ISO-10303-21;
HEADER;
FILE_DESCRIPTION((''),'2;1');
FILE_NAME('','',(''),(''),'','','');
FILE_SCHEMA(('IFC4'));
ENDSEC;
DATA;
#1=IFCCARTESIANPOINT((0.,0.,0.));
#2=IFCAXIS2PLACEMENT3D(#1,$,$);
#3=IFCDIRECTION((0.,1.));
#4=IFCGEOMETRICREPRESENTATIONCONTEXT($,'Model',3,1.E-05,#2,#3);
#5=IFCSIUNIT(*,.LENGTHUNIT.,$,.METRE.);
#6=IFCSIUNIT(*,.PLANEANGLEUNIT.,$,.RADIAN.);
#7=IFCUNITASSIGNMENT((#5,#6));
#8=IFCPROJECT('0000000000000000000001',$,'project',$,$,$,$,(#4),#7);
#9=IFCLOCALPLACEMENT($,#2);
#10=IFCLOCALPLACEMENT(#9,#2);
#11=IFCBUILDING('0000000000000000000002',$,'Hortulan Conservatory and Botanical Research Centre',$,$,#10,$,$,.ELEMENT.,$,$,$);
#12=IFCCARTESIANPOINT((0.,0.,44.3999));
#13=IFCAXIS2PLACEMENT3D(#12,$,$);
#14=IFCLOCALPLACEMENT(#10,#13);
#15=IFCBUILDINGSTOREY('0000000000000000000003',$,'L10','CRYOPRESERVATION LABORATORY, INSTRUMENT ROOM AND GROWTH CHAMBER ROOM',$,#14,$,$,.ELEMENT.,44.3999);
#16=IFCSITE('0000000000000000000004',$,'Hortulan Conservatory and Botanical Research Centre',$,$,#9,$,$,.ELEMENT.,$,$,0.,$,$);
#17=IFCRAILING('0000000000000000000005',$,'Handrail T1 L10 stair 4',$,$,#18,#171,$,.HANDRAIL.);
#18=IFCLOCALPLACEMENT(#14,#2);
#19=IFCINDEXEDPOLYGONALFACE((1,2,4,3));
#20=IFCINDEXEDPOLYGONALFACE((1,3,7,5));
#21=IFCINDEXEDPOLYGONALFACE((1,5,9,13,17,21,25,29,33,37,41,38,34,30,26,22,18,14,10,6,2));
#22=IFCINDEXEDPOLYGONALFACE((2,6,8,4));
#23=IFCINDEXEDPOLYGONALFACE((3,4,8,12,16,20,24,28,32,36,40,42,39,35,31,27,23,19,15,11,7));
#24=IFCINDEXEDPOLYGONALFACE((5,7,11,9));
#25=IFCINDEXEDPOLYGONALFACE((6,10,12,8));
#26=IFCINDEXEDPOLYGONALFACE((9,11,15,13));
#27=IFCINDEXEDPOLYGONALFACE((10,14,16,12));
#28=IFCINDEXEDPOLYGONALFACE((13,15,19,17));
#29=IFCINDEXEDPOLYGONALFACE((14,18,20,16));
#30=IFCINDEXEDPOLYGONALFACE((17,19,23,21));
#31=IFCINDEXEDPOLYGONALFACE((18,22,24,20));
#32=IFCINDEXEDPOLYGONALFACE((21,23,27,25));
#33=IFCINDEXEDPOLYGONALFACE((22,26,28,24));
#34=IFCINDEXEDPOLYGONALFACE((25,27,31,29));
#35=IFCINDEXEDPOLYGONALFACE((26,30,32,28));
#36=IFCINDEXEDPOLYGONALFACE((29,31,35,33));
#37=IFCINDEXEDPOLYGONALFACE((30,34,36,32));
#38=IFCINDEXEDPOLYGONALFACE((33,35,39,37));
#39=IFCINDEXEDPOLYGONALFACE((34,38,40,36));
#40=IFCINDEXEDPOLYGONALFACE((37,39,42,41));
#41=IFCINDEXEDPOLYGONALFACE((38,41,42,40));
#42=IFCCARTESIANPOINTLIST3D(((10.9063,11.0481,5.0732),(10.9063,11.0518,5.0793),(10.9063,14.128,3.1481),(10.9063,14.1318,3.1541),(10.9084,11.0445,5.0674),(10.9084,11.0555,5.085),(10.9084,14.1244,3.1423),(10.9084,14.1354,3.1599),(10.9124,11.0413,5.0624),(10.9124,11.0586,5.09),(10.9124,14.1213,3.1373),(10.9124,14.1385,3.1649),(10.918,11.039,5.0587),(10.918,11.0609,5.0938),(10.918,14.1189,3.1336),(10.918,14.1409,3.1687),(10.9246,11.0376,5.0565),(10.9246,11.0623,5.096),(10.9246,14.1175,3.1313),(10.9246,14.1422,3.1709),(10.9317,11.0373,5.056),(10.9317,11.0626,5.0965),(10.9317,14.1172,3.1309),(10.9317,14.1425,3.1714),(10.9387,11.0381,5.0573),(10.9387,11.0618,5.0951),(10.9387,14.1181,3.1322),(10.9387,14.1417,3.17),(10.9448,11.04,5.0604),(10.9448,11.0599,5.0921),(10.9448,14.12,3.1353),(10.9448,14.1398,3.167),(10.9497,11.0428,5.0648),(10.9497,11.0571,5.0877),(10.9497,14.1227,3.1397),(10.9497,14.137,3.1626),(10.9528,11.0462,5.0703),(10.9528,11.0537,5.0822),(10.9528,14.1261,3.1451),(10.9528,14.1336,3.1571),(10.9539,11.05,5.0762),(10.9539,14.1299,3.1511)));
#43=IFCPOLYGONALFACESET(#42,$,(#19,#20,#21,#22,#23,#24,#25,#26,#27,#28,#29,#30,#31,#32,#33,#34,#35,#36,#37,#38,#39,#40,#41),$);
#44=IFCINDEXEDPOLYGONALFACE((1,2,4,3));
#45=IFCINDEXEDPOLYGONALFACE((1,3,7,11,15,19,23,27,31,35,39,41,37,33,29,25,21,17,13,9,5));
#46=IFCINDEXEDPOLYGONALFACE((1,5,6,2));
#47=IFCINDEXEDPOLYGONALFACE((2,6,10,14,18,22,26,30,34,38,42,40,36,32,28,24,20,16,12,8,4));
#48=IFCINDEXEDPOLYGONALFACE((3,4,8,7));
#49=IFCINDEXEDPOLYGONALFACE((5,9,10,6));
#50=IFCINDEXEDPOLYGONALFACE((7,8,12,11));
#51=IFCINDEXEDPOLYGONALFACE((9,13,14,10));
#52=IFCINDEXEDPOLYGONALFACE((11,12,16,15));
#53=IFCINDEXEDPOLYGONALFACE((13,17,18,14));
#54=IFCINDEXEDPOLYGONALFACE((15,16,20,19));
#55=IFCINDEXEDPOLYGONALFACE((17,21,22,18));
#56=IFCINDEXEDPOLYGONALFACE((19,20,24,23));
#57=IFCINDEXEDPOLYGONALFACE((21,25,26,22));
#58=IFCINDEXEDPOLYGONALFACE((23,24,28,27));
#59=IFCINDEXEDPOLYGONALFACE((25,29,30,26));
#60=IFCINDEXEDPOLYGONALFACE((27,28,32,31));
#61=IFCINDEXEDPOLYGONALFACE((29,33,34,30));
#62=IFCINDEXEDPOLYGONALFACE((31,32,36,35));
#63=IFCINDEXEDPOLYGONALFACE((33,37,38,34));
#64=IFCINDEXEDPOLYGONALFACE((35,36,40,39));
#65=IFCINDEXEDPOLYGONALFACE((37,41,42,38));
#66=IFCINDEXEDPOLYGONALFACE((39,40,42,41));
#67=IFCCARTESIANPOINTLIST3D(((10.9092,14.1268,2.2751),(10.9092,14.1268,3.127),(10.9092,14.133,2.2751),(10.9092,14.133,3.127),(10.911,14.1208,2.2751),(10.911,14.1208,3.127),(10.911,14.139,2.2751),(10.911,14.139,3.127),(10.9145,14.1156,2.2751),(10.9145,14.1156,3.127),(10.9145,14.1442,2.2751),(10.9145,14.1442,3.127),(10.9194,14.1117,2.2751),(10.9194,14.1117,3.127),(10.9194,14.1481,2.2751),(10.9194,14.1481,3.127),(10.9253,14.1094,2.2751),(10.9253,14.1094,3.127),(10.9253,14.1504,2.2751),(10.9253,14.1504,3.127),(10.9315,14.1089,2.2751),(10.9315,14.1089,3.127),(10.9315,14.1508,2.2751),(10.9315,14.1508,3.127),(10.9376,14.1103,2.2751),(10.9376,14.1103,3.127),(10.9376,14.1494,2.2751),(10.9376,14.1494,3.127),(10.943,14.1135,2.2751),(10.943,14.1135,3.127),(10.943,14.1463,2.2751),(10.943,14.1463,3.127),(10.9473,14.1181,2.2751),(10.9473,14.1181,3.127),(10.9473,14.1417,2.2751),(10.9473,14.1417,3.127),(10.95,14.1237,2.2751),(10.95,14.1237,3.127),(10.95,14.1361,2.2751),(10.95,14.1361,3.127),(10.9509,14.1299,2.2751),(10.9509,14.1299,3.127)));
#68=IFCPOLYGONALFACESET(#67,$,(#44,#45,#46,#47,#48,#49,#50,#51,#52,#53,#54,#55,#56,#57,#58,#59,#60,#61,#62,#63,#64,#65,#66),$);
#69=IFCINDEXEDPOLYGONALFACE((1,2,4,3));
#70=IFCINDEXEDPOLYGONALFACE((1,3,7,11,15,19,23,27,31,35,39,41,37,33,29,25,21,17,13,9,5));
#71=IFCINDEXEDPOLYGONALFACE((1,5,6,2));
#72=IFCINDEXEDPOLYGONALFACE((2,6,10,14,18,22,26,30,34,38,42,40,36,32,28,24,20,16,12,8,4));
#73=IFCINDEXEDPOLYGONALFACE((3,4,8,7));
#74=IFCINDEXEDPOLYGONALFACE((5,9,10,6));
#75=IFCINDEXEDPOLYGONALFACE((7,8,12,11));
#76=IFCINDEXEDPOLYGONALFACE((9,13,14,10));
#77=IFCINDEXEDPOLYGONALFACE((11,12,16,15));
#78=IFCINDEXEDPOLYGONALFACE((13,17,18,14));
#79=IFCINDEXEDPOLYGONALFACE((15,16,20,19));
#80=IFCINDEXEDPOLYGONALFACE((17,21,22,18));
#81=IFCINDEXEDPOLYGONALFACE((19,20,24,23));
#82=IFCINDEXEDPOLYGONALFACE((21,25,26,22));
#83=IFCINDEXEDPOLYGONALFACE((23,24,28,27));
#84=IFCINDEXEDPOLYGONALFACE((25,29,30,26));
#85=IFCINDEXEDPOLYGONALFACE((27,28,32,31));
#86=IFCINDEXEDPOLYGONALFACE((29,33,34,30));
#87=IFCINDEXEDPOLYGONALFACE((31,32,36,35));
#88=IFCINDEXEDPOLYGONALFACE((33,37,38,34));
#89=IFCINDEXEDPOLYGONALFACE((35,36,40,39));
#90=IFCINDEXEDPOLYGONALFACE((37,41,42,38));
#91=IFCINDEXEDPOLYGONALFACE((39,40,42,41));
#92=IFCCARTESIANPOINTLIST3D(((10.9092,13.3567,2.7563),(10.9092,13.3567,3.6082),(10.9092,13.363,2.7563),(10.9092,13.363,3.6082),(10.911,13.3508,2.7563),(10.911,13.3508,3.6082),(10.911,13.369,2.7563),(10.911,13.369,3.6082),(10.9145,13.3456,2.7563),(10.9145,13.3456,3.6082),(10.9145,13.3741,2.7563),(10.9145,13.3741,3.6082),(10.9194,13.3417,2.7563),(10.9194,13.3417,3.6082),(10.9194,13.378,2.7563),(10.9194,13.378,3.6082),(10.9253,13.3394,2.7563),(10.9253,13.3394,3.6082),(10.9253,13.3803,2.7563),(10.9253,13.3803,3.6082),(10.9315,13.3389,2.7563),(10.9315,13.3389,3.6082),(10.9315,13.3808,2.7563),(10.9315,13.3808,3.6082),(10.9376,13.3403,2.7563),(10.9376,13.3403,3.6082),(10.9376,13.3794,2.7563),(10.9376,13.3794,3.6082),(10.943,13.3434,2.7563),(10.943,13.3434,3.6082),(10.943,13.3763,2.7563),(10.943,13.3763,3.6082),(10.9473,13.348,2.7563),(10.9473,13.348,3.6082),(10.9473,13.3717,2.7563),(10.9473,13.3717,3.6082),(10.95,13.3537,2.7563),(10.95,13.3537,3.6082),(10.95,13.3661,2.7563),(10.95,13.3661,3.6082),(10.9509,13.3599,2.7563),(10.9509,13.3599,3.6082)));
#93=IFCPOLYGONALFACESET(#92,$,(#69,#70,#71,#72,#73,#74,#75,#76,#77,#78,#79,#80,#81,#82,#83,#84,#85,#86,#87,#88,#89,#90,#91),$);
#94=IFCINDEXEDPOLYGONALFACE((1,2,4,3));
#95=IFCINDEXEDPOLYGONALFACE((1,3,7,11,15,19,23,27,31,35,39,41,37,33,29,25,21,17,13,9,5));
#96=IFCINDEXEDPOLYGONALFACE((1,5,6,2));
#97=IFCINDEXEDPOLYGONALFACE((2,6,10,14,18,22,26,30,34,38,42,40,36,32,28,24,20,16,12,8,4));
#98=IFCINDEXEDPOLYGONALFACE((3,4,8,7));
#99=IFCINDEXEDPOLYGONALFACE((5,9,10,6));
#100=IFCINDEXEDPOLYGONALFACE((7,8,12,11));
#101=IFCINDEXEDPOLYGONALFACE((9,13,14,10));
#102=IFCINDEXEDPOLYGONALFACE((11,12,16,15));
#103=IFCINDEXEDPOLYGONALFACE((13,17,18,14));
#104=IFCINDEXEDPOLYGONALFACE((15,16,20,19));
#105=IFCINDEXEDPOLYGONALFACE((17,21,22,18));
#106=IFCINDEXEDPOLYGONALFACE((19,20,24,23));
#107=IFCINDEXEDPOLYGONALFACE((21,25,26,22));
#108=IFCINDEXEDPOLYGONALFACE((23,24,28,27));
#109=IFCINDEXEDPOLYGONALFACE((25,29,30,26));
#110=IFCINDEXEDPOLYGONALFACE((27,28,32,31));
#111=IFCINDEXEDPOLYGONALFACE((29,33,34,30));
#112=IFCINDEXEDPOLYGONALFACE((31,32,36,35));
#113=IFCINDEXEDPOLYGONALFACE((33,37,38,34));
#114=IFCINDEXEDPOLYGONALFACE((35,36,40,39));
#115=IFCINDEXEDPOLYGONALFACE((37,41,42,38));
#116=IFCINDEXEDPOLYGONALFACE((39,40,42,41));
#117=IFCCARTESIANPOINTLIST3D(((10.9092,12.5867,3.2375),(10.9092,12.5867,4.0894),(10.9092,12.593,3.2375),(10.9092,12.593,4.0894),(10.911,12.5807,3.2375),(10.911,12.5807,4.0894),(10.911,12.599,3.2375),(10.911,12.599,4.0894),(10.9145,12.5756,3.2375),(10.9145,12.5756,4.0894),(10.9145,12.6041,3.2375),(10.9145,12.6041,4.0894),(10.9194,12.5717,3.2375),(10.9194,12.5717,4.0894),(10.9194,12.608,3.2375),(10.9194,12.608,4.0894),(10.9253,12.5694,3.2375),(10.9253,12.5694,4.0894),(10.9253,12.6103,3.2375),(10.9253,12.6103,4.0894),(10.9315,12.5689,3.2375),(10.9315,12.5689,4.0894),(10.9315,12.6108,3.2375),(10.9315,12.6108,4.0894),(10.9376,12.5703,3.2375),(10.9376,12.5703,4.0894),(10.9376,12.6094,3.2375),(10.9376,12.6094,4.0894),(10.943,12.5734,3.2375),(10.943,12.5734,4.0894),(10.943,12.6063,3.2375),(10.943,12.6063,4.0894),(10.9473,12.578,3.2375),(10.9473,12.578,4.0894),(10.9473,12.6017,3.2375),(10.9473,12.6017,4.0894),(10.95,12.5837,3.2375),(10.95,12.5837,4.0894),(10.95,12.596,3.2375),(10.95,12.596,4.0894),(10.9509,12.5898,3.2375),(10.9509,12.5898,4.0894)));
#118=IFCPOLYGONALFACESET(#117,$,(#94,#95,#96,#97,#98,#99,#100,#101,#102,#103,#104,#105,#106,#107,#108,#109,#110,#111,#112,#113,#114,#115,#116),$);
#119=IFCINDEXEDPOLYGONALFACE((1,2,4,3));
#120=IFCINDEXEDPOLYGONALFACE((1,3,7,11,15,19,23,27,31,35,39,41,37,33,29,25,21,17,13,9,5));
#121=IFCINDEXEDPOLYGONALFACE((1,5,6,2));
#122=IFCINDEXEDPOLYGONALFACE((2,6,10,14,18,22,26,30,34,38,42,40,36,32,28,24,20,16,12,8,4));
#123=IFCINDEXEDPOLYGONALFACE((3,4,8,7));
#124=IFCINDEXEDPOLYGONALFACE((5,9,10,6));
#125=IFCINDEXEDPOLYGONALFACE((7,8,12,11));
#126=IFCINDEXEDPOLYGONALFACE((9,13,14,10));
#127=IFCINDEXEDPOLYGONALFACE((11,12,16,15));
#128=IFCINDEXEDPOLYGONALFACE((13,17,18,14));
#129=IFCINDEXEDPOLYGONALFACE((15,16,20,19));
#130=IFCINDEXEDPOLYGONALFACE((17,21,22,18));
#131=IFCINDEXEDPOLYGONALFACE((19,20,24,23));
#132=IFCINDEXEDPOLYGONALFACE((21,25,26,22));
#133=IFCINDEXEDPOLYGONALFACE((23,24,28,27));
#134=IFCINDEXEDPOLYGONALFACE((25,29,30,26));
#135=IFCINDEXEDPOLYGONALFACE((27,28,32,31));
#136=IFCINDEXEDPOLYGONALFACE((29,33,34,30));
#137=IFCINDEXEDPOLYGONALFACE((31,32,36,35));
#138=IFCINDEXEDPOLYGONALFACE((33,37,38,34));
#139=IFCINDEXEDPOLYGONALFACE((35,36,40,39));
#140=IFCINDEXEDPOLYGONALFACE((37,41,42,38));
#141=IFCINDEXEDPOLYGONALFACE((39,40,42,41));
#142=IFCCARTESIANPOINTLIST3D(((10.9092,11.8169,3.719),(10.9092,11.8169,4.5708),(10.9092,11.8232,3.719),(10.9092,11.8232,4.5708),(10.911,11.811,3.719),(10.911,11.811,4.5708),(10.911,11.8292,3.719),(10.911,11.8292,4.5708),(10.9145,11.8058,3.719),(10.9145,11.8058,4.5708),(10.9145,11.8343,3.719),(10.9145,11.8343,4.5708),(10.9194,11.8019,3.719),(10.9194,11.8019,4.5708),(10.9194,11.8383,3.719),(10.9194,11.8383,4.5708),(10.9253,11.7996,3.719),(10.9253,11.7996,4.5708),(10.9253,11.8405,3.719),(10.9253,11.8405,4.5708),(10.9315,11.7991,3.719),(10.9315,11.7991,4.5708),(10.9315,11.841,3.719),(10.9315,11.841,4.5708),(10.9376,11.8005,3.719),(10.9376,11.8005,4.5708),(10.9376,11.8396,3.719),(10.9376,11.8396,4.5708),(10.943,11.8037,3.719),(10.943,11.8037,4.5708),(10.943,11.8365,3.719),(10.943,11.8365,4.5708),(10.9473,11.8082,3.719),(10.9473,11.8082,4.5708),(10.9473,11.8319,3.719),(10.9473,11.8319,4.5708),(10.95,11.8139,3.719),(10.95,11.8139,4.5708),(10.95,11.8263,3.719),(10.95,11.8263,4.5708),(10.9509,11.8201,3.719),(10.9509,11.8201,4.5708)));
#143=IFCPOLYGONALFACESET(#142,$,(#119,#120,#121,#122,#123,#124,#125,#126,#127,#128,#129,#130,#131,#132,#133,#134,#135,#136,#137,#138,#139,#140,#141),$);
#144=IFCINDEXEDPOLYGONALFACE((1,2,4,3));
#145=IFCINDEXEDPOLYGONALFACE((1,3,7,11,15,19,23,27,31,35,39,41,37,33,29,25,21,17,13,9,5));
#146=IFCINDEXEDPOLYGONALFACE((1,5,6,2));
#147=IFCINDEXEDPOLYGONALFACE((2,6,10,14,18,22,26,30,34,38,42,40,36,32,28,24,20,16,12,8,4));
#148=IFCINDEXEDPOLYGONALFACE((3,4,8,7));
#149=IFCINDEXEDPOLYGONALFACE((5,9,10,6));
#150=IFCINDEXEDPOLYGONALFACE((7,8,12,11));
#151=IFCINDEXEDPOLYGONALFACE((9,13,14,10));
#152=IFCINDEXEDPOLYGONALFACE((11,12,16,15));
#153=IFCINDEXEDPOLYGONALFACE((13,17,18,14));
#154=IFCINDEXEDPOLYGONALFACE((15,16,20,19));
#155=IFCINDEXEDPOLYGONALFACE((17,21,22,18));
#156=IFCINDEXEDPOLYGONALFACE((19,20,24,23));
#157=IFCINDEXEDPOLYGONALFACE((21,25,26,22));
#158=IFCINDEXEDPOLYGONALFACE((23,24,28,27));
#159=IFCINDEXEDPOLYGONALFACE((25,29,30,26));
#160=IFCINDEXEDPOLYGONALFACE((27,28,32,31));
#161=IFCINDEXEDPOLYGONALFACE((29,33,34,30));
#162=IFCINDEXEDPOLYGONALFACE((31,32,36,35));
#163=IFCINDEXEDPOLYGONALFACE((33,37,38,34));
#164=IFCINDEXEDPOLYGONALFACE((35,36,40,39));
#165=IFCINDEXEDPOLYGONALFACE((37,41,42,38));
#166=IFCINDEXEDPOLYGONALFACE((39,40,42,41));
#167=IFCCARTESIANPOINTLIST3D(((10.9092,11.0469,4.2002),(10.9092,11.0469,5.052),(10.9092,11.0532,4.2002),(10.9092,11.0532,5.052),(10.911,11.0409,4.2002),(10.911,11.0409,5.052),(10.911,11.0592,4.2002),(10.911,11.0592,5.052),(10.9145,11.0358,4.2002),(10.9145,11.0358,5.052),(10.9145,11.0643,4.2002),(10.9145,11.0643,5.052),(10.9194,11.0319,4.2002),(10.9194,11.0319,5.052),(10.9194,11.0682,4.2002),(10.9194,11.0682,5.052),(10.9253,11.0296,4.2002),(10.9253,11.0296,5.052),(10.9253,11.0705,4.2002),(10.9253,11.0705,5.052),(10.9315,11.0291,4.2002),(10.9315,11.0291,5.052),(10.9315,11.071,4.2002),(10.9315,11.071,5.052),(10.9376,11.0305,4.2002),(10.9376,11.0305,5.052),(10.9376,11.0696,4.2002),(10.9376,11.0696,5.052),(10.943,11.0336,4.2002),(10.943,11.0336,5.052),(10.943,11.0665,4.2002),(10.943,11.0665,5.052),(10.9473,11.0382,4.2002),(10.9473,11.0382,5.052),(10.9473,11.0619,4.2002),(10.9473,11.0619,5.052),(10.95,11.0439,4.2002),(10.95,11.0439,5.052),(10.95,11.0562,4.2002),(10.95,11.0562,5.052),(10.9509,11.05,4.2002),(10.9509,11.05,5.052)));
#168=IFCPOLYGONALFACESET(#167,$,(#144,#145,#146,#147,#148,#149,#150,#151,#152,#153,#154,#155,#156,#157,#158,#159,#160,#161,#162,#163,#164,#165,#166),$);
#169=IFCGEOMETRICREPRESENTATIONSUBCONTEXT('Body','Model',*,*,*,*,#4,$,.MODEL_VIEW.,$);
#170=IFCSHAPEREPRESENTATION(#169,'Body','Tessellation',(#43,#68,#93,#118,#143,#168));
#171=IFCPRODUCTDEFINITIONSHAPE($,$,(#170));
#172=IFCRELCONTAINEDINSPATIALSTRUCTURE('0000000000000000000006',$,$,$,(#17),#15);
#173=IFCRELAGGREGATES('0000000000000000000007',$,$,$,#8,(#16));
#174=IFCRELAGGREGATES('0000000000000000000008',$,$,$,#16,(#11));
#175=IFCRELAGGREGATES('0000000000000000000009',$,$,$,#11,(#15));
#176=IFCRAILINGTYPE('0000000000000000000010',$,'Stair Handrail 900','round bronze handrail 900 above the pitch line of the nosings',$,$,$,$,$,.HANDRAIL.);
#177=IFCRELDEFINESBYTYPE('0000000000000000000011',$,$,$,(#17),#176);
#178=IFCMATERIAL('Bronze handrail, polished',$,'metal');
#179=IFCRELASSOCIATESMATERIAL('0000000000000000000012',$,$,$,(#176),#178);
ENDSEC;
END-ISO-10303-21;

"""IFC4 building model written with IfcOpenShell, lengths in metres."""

from ifc_helpers import new_model, si_unit, direction, frame, origin, origin_2d, place, context, subcontext, project, spatial, circle, extrude, material, type_object, element, save


model = new_model("IFC4")

# Units and contexts
model_context = context("Model", 3, precision=1e-05, world=origin(), true_north=direction((0.0, 1.0)))
body_context = subcontext(model_context, "Body", "Model", "MODEL_VIEW")
ifc_project = project(units=[si_unit("LENGTHUNIT", "METRE"), si_unit("PLANEANGLEUNIT", "RADIAN")], contexts=[model_context])

# Site, building, storey
site_placement = place(None, origin())
site = spatial("IfcSite", under=ifc_project, at=site_placement, Name="Hortulan Conservatory and Botanical Research Centre", CompositionType="ELEMENT", RefElevation=0.0)
building_placement = place(site_placement, origin())
building = spatial("IfcBuilding", under=site, at=building_placement, Name="Hortulan Conservatory and Botanical Research Centre", CompositionType="ELEMENT")
storey_placement = place(building_placement, frame((0.0, 0.0, 44.3999)))
storey = spatial("IfcBuildingStorey", under=building, at=storey_placement, Name="L10", Description="CRYOPRESERVATION LABORATORY, INSTRUMENT ROOM AND GROWTH CHAMBER ROOM", CompositionType="ELEMENT", Elevation=44.3999)

# Railing
ifc_material_1 = material(Name="Bronze handrail, polished", Category="metal")
railing_type_1 = type_object("IfcRailingType", Name="Stair Handrail 900", Description="round bronze handrail 900 above the pitch line of the nosings", PredefinedType="HANDRAIL", material=ifc_material_1)
railing_1_placement = place(storey_placement, frame((10.9299, 14.1299, 2.2751)))
element("IfcRailing", 1, at=railing_1_placement, inside=storey, type_object=railing_type_1, Name="Handrail T1 L10 stair 4", PredefinedType="HANDRAIL", context=body_context, shape_type="SweptSolid", body=[
    extrude(circle(Radius=0.0239, at=origin_2d()), frame((0.0, 0.0, 0.876), z_axis=(0.0, -0.847979, 0.530029), x_axis=(1.0, 0.0, 0.0)), (0.0, 0.0, 1.0), 3.6321),
    extrude(circle(Radius=0.021, at=origin_2d()), origin(), (0.0, 0.0, 1.0), 0.8518),
    extrude(circle(Radius=0.021, at=origin_2d()), frame((0.0, -0.77, 0.4812)), (0.0, 0.0, 1.0), 0.8518),
    extrude(circle(Radius=0.021, at=origin_2d()), frame((0.0, -1.54, 0.9624)), (0.0, 0.0, 1.0), 0.8518),
    extrude(circle(Radius=0.021, at=origin_2d()), frame((0.0, -2.3098, 1.4438)), (0.0, 0.0, 1.0), 0.8518),
    extrude(circle(Radius=0.021, at=origin_2d()), frame((0.0, -3.0798, 1.925)), (0.0, 0.0, 1.0), 0.8518),
])

save(model, "model.ifc")
